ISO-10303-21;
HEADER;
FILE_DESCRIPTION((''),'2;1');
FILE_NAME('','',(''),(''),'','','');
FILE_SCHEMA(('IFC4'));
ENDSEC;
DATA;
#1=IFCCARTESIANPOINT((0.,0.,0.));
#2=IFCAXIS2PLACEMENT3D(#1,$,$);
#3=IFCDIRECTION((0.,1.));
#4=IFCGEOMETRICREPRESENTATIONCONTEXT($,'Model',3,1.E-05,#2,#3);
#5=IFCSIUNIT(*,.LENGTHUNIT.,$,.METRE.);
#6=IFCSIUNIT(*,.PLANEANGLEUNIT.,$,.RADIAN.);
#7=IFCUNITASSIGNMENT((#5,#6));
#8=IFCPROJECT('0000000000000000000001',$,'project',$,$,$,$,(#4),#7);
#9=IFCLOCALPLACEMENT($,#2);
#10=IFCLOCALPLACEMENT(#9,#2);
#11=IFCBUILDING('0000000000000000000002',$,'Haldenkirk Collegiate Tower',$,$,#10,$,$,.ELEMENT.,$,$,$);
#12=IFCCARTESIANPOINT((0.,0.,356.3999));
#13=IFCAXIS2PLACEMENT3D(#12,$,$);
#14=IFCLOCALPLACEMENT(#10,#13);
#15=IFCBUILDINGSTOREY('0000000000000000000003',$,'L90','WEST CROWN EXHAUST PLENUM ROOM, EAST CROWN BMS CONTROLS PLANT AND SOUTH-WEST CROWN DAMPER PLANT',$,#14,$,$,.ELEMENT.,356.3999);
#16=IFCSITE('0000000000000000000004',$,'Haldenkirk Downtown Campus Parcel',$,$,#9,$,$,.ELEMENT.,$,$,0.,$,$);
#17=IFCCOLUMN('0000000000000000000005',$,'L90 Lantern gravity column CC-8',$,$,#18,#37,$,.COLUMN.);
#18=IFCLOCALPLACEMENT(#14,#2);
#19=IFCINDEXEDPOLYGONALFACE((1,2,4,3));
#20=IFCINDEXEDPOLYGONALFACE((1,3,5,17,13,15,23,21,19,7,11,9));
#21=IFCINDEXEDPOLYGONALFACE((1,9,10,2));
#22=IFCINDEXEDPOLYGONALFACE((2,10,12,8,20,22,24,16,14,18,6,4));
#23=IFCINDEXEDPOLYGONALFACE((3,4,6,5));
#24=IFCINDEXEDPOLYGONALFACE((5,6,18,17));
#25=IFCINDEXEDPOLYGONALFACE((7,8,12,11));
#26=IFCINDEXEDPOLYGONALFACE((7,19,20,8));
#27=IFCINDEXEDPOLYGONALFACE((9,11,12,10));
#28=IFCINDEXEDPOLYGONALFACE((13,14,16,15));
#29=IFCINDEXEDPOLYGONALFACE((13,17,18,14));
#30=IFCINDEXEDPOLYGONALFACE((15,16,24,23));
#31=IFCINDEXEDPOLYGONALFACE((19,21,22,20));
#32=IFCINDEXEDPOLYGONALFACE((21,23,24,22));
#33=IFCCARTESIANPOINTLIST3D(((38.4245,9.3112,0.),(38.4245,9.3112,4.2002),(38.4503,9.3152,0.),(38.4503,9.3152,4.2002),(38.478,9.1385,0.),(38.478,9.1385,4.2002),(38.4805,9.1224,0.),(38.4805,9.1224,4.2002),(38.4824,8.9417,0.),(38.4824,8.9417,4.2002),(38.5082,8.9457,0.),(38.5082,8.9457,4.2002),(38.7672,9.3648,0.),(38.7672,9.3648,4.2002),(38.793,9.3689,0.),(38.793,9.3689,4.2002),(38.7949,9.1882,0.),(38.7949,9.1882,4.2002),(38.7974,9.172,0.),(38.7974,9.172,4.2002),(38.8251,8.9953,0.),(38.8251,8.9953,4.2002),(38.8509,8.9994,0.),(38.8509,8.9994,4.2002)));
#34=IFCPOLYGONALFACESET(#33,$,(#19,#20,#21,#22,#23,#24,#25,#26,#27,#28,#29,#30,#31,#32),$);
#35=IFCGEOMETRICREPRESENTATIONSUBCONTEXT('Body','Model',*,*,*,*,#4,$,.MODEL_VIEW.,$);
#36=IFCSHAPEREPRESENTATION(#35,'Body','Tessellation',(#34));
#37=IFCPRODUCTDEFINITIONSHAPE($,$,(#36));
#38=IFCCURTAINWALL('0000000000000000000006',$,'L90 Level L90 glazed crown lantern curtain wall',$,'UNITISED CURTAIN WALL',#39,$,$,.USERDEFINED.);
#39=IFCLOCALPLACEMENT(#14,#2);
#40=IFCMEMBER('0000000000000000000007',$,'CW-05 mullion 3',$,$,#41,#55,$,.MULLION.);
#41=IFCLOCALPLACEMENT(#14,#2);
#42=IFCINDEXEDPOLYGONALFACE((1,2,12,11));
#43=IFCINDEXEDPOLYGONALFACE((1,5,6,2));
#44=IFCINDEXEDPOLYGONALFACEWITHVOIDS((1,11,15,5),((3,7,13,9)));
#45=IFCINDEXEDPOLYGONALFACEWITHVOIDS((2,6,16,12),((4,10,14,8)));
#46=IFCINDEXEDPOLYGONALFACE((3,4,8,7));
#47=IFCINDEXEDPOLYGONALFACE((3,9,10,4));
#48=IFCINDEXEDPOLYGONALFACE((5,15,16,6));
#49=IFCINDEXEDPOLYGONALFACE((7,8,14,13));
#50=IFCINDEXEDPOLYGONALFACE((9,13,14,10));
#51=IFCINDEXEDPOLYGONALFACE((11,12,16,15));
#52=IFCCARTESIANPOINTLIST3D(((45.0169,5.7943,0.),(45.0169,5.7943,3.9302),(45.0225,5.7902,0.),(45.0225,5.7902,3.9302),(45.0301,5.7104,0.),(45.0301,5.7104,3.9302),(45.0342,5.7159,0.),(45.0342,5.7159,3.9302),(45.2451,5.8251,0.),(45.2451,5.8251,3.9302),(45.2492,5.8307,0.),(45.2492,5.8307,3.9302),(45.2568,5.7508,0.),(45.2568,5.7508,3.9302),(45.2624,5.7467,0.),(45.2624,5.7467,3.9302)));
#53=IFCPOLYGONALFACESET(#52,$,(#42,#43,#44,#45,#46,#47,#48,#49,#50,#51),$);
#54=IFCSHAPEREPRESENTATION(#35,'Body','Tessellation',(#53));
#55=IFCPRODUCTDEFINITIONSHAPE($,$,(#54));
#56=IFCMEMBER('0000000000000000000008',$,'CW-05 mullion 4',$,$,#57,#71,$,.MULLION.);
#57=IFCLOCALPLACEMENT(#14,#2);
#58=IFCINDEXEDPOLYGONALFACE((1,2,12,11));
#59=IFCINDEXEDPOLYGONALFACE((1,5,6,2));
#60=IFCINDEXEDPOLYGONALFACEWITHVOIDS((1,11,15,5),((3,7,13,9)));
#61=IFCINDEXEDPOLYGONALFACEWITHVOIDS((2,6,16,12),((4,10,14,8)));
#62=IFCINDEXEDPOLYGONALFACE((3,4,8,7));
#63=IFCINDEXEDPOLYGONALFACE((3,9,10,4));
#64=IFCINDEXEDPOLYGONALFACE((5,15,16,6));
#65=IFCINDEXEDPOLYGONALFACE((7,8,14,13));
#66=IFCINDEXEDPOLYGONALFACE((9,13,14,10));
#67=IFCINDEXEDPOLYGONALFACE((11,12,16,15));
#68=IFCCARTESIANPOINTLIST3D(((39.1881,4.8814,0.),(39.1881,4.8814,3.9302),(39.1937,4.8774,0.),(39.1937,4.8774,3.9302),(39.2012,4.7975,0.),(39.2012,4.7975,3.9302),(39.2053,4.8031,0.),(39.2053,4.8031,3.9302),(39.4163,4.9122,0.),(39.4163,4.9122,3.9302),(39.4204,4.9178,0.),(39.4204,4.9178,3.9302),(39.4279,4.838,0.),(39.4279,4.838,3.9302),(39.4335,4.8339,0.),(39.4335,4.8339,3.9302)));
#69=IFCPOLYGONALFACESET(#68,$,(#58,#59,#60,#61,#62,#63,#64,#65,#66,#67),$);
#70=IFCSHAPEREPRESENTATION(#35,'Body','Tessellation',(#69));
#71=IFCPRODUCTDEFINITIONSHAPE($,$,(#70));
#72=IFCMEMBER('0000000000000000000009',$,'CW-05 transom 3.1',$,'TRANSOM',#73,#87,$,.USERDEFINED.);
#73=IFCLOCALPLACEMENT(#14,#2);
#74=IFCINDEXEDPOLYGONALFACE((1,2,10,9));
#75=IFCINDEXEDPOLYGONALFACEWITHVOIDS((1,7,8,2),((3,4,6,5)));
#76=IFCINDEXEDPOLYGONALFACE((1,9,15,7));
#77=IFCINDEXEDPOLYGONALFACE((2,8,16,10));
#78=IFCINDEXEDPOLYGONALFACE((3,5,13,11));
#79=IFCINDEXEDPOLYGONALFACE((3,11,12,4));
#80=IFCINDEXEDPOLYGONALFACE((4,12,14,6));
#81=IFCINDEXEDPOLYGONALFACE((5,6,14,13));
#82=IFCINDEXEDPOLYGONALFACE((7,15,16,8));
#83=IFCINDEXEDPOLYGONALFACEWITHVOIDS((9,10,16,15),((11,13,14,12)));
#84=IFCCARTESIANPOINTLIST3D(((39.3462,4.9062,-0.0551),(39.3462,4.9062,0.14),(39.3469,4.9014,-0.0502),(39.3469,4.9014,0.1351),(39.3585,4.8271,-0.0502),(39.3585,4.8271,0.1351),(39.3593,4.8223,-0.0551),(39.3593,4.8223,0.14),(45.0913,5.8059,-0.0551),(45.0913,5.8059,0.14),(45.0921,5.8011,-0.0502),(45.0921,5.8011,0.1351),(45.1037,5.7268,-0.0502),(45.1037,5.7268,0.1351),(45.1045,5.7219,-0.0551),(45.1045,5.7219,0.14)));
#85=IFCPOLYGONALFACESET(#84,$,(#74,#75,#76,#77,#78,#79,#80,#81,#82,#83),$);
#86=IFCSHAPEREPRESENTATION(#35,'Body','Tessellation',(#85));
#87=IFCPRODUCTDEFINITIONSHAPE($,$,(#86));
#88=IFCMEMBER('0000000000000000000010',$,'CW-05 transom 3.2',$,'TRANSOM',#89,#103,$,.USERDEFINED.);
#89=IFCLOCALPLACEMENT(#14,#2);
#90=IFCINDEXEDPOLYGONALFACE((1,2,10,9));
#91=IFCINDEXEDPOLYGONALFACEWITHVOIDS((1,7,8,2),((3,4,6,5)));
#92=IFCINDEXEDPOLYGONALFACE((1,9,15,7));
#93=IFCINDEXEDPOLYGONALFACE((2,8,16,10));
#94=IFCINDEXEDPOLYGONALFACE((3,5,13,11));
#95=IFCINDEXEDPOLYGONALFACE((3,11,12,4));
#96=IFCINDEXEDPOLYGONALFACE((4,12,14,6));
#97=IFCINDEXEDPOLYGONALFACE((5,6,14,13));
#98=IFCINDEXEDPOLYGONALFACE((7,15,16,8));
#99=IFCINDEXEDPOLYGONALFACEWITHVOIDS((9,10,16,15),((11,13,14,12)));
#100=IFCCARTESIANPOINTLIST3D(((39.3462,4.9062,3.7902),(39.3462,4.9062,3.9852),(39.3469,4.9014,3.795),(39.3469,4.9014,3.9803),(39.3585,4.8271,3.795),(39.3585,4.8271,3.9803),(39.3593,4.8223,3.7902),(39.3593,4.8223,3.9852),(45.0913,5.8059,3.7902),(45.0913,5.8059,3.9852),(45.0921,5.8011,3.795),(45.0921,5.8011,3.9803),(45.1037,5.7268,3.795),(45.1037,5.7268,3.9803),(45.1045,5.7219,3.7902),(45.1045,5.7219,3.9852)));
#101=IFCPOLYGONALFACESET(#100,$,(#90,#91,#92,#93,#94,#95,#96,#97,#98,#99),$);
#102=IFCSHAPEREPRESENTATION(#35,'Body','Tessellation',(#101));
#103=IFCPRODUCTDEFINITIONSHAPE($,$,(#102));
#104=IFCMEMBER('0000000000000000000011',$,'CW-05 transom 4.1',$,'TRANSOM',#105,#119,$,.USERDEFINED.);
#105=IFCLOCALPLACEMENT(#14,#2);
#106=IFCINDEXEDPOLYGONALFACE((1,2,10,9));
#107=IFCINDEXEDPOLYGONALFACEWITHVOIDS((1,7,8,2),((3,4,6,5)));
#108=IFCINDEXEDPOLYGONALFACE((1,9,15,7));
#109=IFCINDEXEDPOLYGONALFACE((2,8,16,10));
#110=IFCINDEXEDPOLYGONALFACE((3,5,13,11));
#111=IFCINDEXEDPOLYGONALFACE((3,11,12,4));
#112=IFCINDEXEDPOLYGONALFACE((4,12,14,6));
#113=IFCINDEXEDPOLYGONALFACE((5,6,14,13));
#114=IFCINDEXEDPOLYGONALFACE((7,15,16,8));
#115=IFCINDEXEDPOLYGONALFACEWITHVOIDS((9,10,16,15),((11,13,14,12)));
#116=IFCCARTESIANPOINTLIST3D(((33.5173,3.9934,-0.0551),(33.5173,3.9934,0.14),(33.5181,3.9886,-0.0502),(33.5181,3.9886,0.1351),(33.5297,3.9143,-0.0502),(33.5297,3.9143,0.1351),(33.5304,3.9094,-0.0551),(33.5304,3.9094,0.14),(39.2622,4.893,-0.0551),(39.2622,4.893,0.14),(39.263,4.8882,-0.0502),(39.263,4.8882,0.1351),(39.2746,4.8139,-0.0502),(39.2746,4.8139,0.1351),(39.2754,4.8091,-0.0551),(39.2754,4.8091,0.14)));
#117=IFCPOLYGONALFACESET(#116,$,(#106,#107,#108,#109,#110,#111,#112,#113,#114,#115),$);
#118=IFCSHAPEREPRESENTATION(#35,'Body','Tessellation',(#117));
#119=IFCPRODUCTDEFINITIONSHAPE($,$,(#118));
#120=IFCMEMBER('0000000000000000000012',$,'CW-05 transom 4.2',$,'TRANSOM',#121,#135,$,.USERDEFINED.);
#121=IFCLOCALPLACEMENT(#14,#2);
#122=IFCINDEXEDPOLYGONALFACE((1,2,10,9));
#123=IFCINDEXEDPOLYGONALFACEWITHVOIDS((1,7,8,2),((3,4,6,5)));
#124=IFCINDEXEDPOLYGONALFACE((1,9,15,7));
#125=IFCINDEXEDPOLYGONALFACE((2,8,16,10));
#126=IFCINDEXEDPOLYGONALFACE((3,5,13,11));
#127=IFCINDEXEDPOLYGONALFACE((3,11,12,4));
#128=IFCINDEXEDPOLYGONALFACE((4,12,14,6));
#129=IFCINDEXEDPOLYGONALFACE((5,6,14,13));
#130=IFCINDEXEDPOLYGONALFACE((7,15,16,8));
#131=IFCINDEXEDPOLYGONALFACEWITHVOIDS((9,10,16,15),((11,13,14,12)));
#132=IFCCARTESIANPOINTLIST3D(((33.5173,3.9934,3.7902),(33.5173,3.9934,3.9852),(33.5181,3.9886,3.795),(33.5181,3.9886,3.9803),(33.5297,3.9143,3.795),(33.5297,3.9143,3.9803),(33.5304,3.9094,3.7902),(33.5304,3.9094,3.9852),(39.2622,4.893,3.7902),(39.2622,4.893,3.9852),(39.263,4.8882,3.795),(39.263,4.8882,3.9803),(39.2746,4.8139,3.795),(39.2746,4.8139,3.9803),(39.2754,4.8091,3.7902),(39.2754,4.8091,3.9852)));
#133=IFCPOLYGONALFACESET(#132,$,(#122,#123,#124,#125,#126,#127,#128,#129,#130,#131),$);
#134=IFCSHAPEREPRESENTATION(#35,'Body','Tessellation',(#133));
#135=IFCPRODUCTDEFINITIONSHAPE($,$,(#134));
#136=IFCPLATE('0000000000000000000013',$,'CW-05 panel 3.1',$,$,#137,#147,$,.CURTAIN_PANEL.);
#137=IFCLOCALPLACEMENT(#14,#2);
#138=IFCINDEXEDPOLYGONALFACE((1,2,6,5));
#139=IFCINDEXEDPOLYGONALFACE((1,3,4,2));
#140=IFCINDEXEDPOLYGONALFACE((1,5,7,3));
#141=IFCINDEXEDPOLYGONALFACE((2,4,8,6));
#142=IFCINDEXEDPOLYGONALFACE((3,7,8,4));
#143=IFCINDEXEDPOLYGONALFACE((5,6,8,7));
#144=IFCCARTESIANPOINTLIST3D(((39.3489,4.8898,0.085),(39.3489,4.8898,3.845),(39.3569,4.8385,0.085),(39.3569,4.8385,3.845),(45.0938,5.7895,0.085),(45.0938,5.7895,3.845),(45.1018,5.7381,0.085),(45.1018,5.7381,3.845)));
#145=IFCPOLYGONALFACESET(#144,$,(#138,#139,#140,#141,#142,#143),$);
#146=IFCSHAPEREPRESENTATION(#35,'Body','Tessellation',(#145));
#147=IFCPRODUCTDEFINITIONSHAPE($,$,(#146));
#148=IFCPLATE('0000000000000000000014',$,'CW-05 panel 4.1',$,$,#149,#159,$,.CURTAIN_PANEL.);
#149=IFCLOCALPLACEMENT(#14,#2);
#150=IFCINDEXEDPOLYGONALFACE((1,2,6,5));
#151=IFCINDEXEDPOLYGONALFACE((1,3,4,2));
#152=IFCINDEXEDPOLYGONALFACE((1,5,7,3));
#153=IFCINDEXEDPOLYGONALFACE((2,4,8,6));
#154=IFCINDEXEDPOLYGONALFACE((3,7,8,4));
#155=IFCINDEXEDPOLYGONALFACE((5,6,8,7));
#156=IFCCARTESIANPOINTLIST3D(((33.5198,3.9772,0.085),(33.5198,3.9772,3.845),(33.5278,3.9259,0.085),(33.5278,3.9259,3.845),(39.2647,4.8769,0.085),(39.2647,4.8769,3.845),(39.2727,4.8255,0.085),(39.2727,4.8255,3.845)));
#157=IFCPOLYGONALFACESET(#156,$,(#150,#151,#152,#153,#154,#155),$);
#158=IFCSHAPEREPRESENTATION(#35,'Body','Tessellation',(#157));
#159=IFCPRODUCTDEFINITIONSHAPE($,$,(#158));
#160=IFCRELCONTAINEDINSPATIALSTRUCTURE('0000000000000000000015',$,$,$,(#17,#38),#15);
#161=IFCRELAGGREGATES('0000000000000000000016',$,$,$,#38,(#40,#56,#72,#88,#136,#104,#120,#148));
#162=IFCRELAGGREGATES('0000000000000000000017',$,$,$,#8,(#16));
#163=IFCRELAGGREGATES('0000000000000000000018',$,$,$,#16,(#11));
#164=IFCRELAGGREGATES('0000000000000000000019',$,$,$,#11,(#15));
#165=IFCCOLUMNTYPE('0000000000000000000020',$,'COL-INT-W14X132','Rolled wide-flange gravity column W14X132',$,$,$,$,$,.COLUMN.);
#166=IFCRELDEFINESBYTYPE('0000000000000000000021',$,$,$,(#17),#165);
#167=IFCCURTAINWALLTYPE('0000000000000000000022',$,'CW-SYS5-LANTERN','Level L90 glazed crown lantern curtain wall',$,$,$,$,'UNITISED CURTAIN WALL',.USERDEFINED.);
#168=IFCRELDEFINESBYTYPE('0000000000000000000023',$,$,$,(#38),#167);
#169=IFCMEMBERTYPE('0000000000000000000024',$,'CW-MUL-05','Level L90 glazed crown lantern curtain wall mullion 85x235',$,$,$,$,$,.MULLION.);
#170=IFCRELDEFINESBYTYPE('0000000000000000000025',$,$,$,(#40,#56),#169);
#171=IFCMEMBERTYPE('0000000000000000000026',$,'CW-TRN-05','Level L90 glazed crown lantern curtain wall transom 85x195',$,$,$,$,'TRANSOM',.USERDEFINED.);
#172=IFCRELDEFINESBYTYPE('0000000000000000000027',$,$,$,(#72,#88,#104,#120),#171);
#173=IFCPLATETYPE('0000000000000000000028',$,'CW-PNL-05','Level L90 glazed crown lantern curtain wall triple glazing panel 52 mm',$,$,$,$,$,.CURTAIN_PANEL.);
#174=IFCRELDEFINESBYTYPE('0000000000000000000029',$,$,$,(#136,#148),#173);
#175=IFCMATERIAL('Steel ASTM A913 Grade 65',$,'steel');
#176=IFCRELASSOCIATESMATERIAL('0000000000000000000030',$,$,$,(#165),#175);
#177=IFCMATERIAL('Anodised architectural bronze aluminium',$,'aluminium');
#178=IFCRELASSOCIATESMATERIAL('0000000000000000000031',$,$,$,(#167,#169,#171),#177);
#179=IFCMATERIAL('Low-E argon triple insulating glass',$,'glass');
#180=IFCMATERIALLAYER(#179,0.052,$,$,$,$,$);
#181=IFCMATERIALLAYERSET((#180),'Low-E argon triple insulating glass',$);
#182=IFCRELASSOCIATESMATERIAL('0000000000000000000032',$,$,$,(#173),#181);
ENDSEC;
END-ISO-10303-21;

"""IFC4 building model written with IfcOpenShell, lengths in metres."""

from ifc_helpers import new_model, si_unit, direction, frame, origin, origin_2d, place, context, subcontext, project, spatial, rectangle, hollow_rectangle, i_section, extrude, source, transform, mapped, material, layer, layer_set, material_profile, profile_set, type_object, element, aggregate, save


model = new_model("IFC4")

# Units and contexts
model_context = context("Model", 3, precision=1e-05, world=origin(), true_north=direction((0.0, 1.0)))
body_context = subcontext(model_context, "Body", "Model", "MODEL_VIEW")
ifc_project = project(units=[si_unit("LENGTHUNIT", "METRE"), si_unit("PLANEANGLEUNIT", "RADIAN")], contexts=[model_context])

# Site, building, storey
site_placement = place(None, origin())
site = spatial("IfcSite", under=ifc_project, at=site_placement, Name="Haldenkirk Downtown Campus Parcel", CompositionType="ELEMENT", RefElevation=0.0)
building_placement = place(site_placement, origin())
building = spatial("IfcBuilding", under=site, at=building_placement, Name="Haldenkirk Collegiate Tower", CompositionType="ELEMENT")
storey_placement = place(building_placement, frame((0.0, 0.0, 356.3999)))
storey = spatial("IfcBuildingStorey", under=building, at=storey_placement, Name="L90", Description="WEST CROWN EXHAUST PLENUM ROOM, EAST CROWN BMS CONTROLS PLANT AND SOUTH-WEST CROWN DAMPER PLANT", CompositionType="ELEMENT", Elevation=356.3999)

# Column
ifc_material_1 = material(Name="Steel ASTM A913 Grade 65", Category="steel")
ifc_material_profile_1 = material_profile(ifc_material_1, i_section(OverallWidth=0.374, OverallDepth=0.373, WebThickness=0.0164, FlangeThickness=0.0261, at=origin_2d()), Name="W14X132")
ifc_profile_set_1 = profile_set([ifc_material_profile_1], Name="Steel ASTM A913 Grade 65")
column_type = type_object("IfcColumnType", Name="COL-INT-W14X132", Description="Rolled wide-flange gravity column W14X132", PredefinedType="COLUMN", material=ifc_profile_set_1)
column_placement = place(storey_placement, frame((38.6377, 9.1553, 0.0), z_axis=(0.0, 0.0, 1.0), x_axis=(-0.15471, 0.98796, 0.0)))
element("IfcColumn", 1, at=column_placement, inside=storey, type_object=column_type, Name="L90 Lantern gravity column CC-8", PredefinedType="COLUMN", context=body_context, shape_type="SweptSolid", body=[
    extrude(i_section(OverallWidth=0.374, OverallDepth=0.373, WebThickness=0.0164, FlangeThickness=0.0261, at=origin_2d()), origin(), (0.0, 0.0, 1.0), 4.2002),
])

# Curtain wall, members, plates
ifc_material_2 = material(Name="Anodised architectural bronze aluminium", Category="aluminium")
curtain_wall_type = type_object("IfcCurtainWallType", Name="CW-SYS5-LANTERN", Description="Level L90 glazed crown lantern curtain wall", ElementType="UNITISED CURTAIN WALL", PredefinedType="USERDEFINED", material=ifc_material_2)
curtain_wall_placement = place(storey_placement, origin())
curtain_wall = element("IfcCurtainWall", 2, at=curtain_wall_placement, inside=storey, type_object=curtain_wall_type, Name="L90 Level L90 glazed crown lantern curtain wall", ObjectType="UNITISED CURTAIN WALL", PredefinedType="USERDEFINED")
ifc_material_profile_2 = material_profile(ifc_material_2, hollow_rectangle(XDim=0.085, YDim=0.2351, WallThickness=0.0049, at=origin_2d()), Name="CW-MUL-05")
ifc_profile_set_2 = profile_set([ifc_material_profile_2], Name="Anodised architectural bronze aluminium")
member_type_1 = type_object("IfcMemberType", Name="CW-MUL-05", Description="Level L90 glazed crown lantern curtain wall mullion 85x235", PredefinedType="MULLION", material=ifc_profile_set_2)
member_1_placement = place(storey_placement, frame((45.1396, 5.7705, 0.0), z_axis=(0.0, 0.0, 1.0), x_axis=(0.154709, -0.98796, 0.0)))
member_1 = element("IfcMember", 3, at=member_1_placement, type_object=member_type_1, Name="CW-05 mullion 3", PredefinedType="MULLION", context=body_context, shape_type="SweptSolid", body=[
    extrude(hollow_rectangle(XDim=0.085, YDim=0.2351, WallThickness=0.0049, at=origin_2d()), origin(), (0.0, 0.0, 1.0), 3.9302),
])
member_2_placement = place(storey_placement, frame((39.3108, 4.8577, 0.0), z_axis=(0.0, 0.0, 1.0), x_axis=(0.154709, -0.98796, 0.0)))
member_2 = element("IfcMember", 4, at=member_2_placement, type_object=member_type_1, Name="CW-05 mullion 4", PredefinedType="MULLION", context=body_context, shape_type="SweptSolid", body=[
    extrude(hollow_rectangle(XDim=0.085, YDim=0.2351, WallThickness=0.0049, at=origin_2d()), origin(), (0.0, 0.0, 1.0), 3.9302),
])
ifc_material_profile_3 = material_profile(ifc_material_2, hollow_rectangle(XDim=0.085, YDim=0.1951, WallThickness=0.0049, at=origin_2d()), Name="CW-TRN-05")
ifc_profile_set_3 = profile_set([ifc_material_profile_3], Name="Anodised architectural bronze aluminium")
member_type_2 = type_object("IfcMemberType", Name="CW-TRN-05", Description="Level L90 glazed crown lantern curtain wall transom 85x195", ElementType="TRANSOM", PredefinedType="USERDEFINED", material=ifc_profile_set_3)
member_3_placement = place(storey_placement, frame((45.0979, 5.7639, 0.0425), z_axis=(-0.98796, -0.15471, 0.0), x_axis=(0.15471, -0.98796, 0.0)))
member_3 = element("IfcMember", 5, at=member_3_placement, type_object=member_type_2, Name="CW-05 transom 3.1", ObjectType="TRANSOM", PredefinedType="USERDEFINED", context=body_context, shape_type="SweptSolid", body=[
    extrude(hollow_rectangle(XDim=0.085, YDim=0.1951, WallThickness=0.0049, at=origin_2d()), origin(), (0.0, 0.0, 1.0), 5.8152),
])
member_4_placement = place(storey_placement, frame((45.0979, 5.7639, 3.8877), z_axis=(-0.98796, -0.15471, 0.0), x_axis=(0.15471, -0.98796, 0.0)))
member_4 = element("IfcMember", 6, at=member_4_placement, type_object=member_type_2, Name="CW-05 transom 3.2", ObjectType="TRANSOM", PredefinedType="USERDEFINED", context=body_context, shape_type="SweptSolid", body=[
    extrude(hollow_rectangle(XDim=0.085, YDim=0.1951, WallThickness=0.0049, at=origin_2d()), origin(), (0.0, 0.0, 1.0), 5.8152),
])
member_5_placement = place(storey_placement, frame((39.2688, 4.8511, 0.0425), z_axis=(-0.987959, -0.154716, 0.0), x_axis=(0.154716, -0.987959, 0.0)))
member_5 = element("IfcMember", 7, at=member_5_placement, type_object=member_type_2, Name="CW-05 transom 4.1", ObjectType="TRANSOM", PredefinedType="USERDEFINED", context=body_context, shape_type="SweptSolid", body=[
    extrude(hollow_rectangle(XDim=0.085, YDim=0.1951, WallThickness=0.0049, at=origin_2d()), origin(), (0.0, 0.0, 1.0), 5.8149),
])
member_6_placement = place(storey_placement, frame((39.2688, 4.8511, 3.8877), z_axis=(-0.987959, -0.154716, 0.0), x_axis=(0.154716, -0.987959, 0.0)))
member_6 = element("IfcMember", 8, at=member_6_placement, type_object=member_type_2, Name="CW-05 transom 4.2", ObjectType="TRANSOM", PredefinedType="USERDEFINED", context=body_context, shape_type="SweptSolid", body=[
    extrude(hollow_rectangle(XDim=0.085, YDim=0.1951, WallThickness=0.0049, at=origin_2d()), origin(), (0.0, 0.0, 1.0), 5.8149),
])
ifc_material_3 = material(Name="Low-E argon triple insulating glass", Category="glass")
ifc_layer_1 = layer(ifc_material_3, 0.052)
ifc_layer_set_1 = layer_set([ifc_layer_1], Name="Low-E argon triple insulating glass")
plate_type = type_object("IfcPlateType", Name="CW-PNL-05", Description="Level L90 glazed crown lantern curtain wall triple glazing panel 52 mm", PredefinedType="CURTAIN_PANEL", material=ifc_layer_set_1)
shared_shape = source(origin(), body_context, "Body", "SweptSolid", [
    extrude(rectangle(XDim=5.8149, YDim=0.052, at=origin_2d()), origin(), (0.0, 0.0, 1.0), 3.76),
])
plate_1_placement = place(storey_placement, frame((42.2253, 5.314, 0.085), z_axis=(0.0, 0.0, 1.0), x_axis=(-0.98796, -0.154709, 0.0)))
plate_1 = element("IfcPlate", 9, at=plate_1_placement, type_object=plate_type, Name="CW-05 panel 3.1", PredefinedType="CURTAIN_PANEL", context=body_context, shape_type="MappedRepresentation", body=[
    mapped(shared_shape, transform((0.0, 0.0, 0.0), x_axis=(1.0, 0.0, 0.0), y_axis=(0.0, 1.0, 0.0), z_axis=(0.0, 0.0, 1.0), scale=1.0)),
])
plate_2_placement = place(storey_placement, frame((36.3962, 4.4014, 0.085), z_axis=(0.0, 0.0, 1.0), x_axis=(-0.98796, -0.154709, 0.0)))
plate_2 = element("IfcPlate", 10, at=plate_2_placement, type_object=plate_type, Name="CW-05 panel 4.1", PredefinedType="CURTAIN_PANEL", context=body_context, shape_type="MappedRepresentation", body=[
    mapped(shared_shape, transform((0.0, 0.0, 0.0), x_axis=(1.0, 0.0, 0.0), y_axis=(0.0, 1.0, 0.0), z_axis=(0.0, 0.0, 1.0), scale=1.0)),
])
aggregate(curtain_wall, [member_1, member_2, member_3, member_4, plate_1, member_5, member_6, plate_2])

save(model, "model.ifc")
